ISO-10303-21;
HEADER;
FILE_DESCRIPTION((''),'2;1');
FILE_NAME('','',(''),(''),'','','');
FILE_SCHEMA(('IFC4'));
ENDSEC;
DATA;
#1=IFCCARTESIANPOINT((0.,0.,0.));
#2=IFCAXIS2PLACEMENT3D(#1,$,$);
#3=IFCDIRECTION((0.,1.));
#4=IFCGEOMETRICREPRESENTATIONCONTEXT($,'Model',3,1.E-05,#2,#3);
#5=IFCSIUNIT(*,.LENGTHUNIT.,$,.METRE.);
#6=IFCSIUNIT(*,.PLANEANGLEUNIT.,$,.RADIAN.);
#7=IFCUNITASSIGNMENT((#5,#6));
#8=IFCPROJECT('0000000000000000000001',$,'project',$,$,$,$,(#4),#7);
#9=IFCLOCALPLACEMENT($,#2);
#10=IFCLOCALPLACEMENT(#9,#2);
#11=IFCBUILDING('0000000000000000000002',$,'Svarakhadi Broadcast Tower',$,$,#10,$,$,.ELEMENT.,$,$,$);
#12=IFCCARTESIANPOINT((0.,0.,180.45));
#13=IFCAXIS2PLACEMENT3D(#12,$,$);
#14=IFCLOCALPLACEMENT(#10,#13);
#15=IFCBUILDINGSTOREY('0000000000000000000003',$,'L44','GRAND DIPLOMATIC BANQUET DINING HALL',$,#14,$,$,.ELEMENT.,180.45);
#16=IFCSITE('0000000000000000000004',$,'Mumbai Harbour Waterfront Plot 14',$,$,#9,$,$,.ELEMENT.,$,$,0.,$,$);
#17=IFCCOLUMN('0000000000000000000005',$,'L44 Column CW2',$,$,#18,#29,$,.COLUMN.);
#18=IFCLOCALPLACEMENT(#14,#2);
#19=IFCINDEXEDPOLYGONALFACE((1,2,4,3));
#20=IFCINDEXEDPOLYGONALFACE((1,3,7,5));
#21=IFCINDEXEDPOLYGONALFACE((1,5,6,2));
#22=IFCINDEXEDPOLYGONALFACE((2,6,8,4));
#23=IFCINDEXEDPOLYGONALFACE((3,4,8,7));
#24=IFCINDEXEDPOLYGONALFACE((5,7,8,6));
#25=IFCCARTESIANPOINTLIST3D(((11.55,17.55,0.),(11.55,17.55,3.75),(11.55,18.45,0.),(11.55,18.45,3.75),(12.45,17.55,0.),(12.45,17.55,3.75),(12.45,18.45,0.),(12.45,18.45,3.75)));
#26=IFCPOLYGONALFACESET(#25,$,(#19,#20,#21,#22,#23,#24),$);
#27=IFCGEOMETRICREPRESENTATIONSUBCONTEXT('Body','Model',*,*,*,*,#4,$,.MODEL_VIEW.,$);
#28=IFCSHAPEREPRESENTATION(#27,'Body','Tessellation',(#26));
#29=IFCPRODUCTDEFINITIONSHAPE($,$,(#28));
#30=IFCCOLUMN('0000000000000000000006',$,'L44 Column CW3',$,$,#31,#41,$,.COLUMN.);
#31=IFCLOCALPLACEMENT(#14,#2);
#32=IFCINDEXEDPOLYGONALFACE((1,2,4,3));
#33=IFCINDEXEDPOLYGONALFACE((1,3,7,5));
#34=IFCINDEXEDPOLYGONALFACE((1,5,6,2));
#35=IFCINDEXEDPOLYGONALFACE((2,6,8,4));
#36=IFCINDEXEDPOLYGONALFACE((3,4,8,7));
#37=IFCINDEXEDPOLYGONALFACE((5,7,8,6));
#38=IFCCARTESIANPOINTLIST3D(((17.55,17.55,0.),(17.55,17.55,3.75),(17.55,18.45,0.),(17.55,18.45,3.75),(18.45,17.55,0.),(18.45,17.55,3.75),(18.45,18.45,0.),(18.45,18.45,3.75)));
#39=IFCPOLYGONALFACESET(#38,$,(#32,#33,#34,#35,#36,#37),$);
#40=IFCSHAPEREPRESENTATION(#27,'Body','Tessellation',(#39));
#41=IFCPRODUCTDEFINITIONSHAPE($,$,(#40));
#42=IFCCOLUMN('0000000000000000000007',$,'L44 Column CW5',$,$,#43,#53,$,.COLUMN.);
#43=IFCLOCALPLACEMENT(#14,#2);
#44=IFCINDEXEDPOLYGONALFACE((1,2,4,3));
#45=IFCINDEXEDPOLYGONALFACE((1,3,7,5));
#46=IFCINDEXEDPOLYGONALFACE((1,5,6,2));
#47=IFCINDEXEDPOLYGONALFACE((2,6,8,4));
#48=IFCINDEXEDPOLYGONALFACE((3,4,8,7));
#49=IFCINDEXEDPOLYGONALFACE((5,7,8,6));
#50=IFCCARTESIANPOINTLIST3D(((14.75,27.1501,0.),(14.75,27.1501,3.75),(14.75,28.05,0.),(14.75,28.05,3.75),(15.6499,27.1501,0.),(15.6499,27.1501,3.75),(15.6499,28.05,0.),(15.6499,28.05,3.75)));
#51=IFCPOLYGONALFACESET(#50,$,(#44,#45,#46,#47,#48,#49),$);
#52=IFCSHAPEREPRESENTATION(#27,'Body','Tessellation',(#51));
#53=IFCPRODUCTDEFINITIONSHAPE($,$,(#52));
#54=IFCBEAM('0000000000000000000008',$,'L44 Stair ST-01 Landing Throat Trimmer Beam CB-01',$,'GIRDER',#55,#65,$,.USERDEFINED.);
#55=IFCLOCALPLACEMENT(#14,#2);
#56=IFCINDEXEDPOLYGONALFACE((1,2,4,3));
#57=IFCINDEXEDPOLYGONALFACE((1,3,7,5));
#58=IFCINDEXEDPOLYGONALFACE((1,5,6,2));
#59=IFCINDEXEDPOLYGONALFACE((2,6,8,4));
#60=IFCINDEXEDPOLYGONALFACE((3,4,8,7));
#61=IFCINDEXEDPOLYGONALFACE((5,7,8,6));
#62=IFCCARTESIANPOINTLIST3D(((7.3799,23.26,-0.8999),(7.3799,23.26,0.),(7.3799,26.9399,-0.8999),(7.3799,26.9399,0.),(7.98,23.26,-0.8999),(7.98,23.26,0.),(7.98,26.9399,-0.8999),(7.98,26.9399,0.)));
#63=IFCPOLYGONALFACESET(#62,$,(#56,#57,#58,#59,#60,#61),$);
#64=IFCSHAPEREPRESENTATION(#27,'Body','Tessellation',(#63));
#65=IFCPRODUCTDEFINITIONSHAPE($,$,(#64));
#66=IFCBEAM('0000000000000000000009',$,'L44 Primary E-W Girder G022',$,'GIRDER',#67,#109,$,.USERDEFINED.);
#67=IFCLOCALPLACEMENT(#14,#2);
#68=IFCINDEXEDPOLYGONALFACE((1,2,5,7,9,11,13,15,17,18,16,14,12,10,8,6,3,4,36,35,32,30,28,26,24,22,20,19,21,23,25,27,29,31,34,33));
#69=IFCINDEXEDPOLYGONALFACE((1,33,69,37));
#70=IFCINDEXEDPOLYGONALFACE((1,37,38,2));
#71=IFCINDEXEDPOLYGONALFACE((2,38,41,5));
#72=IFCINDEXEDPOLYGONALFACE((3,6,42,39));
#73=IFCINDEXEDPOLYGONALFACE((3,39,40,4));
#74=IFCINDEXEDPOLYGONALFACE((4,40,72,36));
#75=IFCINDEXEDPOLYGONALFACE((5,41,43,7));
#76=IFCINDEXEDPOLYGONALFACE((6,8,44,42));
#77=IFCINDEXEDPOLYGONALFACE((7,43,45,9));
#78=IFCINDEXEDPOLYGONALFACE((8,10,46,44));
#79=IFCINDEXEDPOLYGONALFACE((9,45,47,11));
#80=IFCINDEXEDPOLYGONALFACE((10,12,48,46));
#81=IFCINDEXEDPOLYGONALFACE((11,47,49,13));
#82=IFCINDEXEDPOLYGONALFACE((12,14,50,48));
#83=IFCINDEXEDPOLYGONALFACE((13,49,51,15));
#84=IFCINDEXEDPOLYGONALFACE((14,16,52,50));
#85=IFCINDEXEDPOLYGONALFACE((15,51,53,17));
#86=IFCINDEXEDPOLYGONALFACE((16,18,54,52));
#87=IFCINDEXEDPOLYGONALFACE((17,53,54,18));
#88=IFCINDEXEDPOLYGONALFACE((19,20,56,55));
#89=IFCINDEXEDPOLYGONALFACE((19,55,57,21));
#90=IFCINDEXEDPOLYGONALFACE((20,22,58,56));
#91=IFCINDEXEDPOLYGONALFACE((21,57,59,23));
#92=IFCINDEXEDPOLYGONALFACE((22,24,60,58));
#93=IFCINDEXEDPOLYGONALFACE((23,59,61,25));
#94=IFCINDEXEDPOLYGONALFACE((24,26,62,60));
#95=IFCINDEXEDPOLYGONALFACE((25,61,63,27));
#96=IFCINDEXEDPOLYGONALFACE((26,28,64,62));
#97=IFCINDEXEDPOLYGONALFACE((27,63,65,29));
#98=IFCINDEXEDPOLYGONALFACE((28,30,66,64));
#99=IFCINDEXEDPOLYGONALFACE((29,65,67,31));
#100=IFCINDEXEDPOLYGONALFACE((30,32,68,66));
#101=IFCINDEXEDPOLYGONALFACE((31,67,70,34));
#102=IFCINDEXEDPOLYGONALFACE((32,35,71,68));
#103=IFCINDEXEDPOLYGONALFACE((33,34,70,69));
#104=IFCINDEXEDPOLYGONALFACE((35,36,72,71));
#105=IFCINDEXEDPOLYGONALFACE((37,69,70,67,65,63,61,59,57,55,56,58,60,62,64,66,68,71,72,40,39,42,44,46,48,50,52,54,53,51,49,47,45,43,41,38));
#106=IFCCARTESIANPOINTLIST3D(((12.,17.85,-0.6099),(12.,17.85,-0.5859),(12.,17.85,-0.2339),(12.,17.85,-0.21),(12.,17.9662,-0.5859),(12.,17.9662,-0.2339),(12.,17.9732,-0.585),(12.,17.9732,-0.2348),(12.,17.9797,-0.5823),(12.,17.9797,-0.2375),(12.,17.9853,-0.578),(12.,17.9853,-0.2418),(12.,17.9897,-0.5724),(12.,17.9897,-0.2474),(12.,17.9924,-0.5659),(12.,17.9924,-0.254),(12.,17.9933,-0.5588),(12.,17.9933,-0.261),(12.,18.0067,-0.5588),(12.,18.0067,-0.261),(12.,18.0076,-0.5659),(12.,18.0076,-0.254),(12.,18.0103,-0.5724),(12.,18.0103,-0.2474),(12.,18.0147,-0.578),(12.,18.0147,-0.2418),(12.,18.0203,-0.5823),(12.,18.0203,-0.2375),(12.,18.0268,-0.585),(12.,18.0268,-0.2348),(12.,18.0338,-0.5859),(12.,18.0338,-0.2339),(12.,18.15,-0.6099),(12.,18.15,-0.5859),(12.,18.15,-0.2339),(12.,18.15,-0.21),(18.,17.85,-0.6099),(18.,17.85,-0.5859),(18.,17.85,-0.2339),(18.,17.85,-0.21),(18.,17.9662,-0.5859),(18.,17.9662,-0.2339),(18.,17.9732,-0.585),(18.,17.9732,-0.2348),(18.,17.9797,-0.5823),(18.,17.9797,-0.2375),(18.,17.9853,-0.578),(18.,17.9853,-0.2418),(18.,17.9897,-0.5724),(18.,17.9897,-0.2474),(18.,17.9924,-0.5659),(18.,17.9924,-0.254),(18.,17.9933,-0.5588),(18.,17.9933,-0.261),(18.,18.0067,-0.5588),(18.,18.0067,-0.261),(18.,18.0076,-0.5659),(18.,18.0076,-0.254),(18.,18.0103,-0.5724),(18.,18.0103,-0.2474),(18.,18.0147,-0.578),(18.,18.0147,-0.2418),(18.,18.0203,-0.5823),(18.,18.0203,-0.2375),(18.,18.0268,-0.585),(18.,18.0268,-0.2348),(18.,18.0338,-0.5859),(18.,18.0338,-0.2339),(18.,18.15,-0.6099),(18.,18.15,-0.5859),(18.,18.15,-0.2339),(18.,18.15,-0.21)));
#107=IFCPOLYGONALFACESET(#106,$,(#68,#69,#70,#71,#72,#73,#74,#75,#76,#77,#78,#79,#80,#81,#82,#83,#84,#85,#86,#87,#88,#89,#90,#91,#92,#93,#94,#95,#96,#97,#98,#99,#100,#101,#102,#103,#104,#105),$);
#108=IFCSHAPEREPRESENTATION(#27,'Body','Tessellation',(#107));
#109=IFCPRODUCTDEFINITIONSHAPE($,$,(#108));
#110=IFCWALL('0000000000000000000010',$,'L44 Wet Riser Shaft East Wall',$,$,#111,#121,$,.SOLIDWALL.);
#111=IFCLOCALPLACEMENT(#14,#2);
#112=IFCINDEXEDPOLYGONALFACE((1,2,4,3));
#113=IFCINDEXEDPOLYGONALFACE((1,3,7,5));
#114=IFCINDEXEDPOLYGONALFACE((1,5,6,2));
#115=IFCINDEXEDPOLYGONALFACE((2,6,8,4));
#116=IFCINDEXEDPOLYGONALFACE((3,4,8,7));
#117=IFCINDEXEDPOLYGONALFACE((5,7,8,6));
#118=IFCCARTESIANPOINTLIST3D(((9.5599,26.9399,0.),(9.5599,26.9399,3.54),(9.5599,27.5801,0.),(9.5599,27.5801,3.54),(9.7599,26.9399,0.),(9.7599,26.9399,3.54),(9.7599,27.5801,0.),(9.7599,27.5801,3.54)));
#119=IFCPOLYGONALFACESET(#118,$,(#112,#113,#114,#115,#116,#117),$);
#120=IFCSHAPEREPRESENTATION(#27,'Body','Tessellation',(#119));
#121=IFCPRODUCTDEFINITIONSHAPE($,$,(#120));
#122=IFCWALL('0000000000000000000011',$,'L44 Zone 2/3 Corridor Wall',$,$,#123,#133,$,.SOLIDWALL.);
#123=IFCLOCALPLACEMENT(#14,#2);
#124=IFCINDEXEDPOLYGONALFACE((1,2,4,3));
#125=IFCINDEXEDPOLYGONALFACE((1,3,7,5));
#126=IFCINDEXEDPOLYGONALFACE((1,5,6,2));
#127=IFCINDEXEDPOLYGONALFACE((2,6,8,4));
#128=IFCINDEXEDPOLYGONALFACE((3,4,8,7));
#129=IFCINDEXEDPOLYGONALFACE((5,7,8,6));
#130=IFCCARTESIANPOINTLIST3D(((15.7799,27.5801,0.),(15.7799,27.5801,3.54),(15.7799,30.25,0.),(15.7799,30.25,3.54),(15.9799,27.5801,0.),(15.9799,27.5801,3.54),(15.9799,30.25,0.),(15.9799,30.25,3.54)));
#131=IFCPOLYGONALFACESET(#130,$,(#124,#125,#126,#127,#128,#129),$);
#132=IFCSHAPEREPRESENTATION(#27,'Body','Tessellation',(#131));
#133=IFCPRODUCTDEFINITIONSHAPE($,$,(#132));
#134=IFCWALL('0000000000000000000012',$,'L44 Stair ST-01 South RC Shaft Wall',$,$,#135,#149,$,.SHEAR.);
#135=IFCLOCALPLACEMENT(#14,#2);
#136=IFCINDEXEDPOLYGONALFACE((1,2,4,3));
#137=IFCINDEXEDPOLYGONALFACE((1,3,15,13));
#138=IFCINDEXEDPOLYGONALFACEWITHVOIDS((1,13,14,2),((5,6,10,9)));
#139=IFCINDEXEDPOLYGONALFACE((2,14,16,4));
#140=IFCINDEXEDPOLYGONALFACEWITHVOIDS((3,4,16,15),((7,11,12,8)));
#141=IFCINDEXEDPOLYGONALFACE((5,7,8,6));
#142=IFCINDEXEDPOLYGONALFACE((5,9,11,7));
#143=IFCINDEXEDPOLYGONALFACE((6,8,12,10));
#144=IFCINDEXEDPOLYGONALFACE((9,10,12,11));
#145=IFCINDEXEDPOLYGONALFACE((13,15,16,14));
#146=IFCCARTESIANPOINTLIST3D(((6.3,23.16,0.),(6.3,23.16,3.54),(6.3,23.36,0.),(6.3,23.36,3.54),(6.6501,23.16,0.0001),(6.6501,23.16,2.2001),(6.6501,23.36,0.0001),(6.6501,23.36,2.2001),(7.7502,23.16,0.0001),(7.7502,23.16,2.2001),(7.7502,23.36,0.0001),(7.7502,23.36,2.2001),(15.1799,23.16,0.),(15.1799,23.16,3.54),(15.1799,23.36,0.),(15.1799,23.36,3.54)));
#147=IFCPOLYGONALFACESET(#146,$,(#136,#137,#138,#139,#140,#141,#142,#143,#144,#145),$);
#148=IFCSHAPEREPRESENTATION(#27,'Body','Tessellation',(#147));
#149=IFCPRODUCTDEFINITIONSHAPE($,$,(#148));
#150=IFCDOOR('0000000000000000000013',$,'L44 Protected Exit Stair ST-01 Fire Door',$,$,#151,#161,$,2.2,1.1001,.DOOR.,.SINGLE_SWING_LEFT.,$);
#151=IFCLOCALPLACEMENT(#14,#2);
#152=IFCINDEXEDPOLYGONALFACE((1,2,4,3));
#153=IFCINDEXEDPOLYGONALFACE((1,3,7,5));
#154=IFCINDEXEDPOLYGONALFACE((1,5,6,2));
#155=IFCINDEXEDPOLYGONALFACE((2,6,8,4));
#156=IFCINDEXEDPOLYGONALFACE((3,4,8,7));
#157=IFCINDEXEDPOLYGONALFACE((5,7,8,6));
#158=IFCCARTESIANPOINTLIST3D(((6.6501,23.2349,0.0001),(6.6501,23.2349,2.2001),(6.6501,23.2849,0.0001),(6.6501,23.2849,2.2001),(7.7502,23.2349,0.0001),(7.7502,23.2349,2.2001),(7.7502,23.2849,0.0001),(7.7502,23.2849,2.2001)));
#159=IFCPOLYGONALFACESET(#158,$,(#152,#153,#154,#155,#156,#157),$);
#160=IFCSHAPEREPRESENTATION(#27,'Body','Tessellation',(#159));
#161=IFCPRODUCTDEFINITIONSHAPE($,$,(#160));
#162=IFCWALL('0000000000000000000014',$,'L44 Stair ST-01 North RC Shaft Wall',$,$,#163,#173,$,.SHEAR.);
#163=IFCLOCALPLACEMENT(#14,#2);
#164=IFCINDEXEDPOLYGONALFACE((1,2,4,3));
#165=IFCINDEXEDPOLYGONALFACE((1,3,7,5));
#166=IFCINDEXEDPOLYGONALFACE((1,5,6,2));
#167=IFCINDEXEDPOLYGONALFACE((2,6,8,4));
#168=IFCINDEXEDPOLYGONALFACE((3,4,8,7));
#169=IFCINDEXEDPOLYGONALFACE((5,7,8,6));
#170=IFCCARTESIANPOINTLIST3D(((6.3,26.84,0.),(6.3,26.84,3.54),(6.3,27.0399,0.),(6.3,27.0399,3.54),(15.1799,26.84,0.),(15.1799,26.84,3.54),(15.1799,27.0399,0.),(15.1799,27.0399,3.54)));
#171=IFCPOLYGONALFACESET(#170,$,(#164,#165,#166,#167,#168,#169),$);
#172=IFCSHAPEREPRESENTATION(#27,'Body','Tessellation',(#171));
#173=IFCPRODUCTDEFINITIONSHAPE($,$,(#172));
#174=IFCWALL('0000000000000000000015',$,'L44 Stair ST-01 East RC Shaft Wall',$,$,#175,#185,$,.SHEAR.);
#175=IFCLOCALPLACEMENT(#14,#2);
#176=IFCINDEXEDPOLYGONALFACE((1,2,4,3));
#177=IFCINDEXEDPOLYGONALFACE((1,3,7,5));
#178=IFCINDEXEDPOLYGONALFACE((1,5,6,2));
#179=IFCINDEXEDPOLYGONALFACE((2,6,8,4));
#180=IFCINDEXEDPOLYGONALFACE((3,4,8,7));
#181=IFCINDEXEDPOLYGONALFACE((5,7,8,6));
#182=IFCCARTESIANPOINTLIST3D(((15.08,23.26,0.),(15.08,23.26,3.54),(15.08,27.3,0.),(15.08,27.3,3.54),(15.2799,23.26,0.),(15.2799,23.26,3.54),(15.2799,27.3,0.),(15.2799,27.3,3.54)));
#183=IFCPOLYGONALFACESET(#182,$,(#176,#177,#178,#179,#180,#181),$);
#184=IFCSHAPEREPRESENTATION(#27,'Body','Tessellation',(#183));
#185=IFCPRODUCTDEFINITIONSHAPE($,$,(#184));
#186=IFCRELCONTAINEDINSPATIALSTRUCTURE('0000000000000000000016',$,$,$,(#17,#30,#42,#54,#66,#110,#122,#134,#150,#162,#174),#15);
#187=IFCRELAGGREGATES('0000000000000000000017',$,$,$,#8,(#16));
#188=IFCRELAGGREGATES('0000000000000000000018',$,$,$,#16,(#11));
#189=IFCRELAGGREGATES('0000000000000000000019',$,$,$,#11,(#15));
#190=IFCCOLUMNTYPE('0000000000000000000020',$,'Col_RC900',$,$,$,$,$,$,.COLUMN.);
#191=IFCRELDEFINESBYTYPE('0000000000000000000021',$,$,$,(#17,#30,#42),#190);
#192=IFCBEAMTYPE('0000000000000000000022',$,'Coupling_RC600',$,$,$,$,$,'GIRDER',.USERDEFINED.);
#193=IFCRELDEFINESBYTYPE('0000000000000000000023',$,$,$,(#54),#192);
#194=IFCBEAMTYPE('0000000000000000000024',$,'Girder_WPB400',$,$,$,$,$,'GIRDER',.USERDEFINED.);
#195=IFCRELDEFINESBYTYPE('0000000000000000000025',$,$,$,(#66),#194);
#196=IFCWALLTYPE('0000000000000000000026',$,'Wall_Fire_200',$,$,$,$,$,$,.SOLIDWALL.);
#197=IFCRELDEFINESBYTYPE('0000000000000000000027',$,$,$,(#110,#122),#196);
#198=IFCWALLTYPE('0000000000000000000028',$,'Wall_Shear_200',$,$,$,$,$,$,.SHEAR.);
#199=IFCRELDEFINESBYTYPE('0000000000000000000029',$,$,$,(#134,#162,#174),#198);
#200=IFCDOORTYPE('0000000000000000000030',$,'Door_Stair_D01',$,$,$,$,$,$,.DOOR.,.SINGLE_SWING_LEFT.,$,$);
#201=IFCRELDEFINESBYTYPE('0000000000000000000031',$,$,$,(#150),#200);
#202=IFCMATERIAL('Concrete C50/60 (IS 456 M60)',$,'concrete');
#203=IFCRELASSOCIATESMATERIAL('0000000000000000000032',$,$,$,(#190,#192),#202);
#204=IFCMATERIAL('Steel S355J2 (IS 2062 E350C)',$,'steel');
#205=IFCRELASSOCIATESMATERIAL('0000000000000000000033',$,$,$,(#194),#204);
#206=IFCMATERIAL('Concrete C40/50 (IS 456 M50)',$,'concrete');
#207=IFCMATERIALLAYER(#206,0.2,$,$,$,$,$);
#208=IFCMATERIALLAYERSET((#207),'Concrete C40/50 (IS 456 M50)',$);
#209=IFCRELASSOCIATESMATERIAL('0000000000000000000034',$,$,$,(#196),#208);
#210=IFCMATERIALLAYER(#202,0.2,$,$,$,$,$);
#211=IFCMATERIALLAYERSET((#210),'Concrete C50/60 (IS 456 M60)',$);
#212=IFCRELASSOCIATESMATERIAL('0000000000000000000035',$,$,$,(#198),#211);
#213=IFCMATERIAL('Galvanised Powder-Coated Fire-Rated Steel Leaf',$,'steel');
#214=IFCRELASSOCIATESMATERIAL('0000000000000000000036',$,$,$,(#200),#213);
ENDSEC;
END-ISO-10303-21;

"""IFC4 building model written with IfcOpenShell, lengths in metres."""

from ifc_helpers import new_model, si_unit, direction, frame, frame_2d, origin, origin_2d, place, context, subcontext, project, spatial, rectangle, i_section, extrude, material, layer, layer_set, material_profile, profile_set, type_object, element, fill, save


model = new_model("IFC4")

# Units and contexts
model_context = context("Model", 3, precision=1e-05, world=origin(), true_north=direction((0.0, 1.0)))
body_context = subcontext(model_context, "Body", "Model", "MODEL_VIEW")
ifc_project = project(units=[si_unit("LENGTHUNIT", "METRE"), si_unit("PLANEANGLEUNIT", "RADIAN")], contexts=[model_context])

# Site, building, storey
site_placement = place(None, origin())
site = spatial("IfcSite", under=ifc_project, at=site_placement, Name="Mumbai Harbour Waterfront Plot 14", CompositionType="ELEMENT", RefElevation=0.0)
building_placement = place(site_placement, origin())
building = spatial("IfcBuilding", under=site, at=building_placement, Name="Svarakhadi Broadcast Tower", CompositionType="ELEMENT")
storey_placement = place(building_placement, frame((0.0, 0.0, 180.45)))
storey = spatial("IfcBuildingStorey", under=building, at=storey_placement, Name="L44", Description="GRAND DIPLOMATIC BANQUET DINING HALL", CompositionType="ELEMENT", Elevation=180.45)

# Columns
ifc_material_1 = material(Name="Concrete C50/60 (IS 456 M60)", Category="concrete")
ifc_material_profile_1 = material_profile(ifc_material_1, rectangle(XDim=0.8999, YDim=0.8999, at=origin_2d()), Name="RC 900x900")
ifc_profile_set_1 = profile_set([ifc_material_profile_1], Name="Concrete C50/60 (IS 456 M60)")
column_type = type_object("IfcColumnType", Name="Col_RC900", PredefinedType="COLUMN", material=ifc_profile_set_1)
for number, where, z_axis, x_axis, name in (
    (1, (12.0, 18.0, 0.0), (0.0, 0.0, 1.0), (1.0, 0.0, 0.0), "L44 Column CW2"),
    (2, (18.0, 18.0, 0.0), (0.0, 0.0, 1.0), (1.0, 0.0, 0.0), "L44 Column CW3"),
    (3, (15.2, 27.6001, 0.0), (0.0, 0.0, 1.0), (1.0, 0.0, 0.0), "L44 Column CW5"),
):
    element("IfcColumn", number, at=place(storey_placement, frame(where, z_axis=z_axis, x_axis=x_axis)), inside=storey, type_object=column_type, Name=name, PredefinedType="COLUMN", context=body_context, shape_type="SweptSolid", body=[
        extrude(rectangle(XDim=0.8999, YDim=0.8999, at=origin_2d()), origin(), (0.0, 0.0, 1.0), 3.75),
    ])

# Beams
ifc_material_profile_2 = material_profile(ifc_material_1, rectangle(XDim=0.6001, YDim=0.8999, at=origin_2d()), Name="RC 600x900")
ifc_profile_set_2 = profile_set([ifc_material_profile_2], Name="Concrete C50/60 (IS 456 M60)")
beam_type_1 = type_object("IfcBeamType", Name="Coupling_RC600", ElementType="GIRDER", PredefinedType="USERDEFINED", material=ifc_profile_set_2)
beam_1_placement = place(storey_placement, frame((7.6799, 23.26, -0.45), z_axis=(0.0, 1.0, 0.0), x_axis=(-1.0, 0.0, 0.0)))
element("IfcBeam", 4, at=beam_1_placement, inside=storey, type_object=beam_type_1, Name="L44 Stair ST-01 Landing Throat Trimmer Beam CB-01", ObjectType="GIRDER", PredefinedType="USERDEFINED", context=body_context, shape_type="SweptSolid", body=[
    extrude(rectangle(XDim=0.6001, YDim=0.8999, at=origin_2d()), origin(), (0.0, 0.0, 1.0), 3.6799),
])
ifc_material_2 = material(Name="Steel S355J2 (IS 2062 E350C)", Category="steel")
ifc_material_profile_3 = material_profile(ifc_material_2, i_section(OverallWidth=0.3, OverallDepth=0.3999, WebThickness=0.0134, FlangeThickness=0.0239, FilletRadius=0.0271, at=origin_2d()), Name="WPB 400x300x155")
ifc_profile_set_3 = profile_set([ifc_material_profile_3], Name="Steel S355J2 (IS 2062 E350C)")
beam_type_2 = type_object("IfcBeamType", Name="Girder_WPB400", ElementType="GIRDER", PredefinedType="USERDEFINED", material=ifc_profile_set_3)
beam_2_placement = place(storey_placement, frame((12.0, 18.0, -0.4099), z_axis=(1.0, 0.0, 0.0), x_axis=(0.0, 1.0, 0.0)))
element("IfcBeam", 5, at=beam_2_placement, inside=storey, type_object=beam_type_2, Name="L44 Primary E-W Girder G022", ObjectType="GIRDER", PredefinedType="USERDEFINED", context=body_context, shape_type="SweptSolid", body=[
    extrude(i_section(OverallWidth=0.3, OverallDepth=0.3999, WebThickness=0.0134, FlangeThickness=0.0239, FilletRadius=0.0271, at=origin_2d()), origin(), (0.0, 0.0, 1.0), 6.0),
])

# Walls
ifc_material_3 = material(Name="Concrete C40/50 (IS 456 M50)", Category="concrete")
ifc_layer_1 = layer(ifc_material_3, 0.2)
ifc_layer_set_1 = layer_set([ifc_layer_1], Name="Concrete C40/50 (IS 456 M50)")
wall_type_1 = type_object("IfcWallType", Name="Wall_Fire_200", PredefinedType="SOLIDWALL", material=ifc_layer_set_1)
wall_1_placement = place(storey_placement, frame((9.6599, 26.9399, 0.0), z_axis=(0.0, 0.0, 1.0), x_axis=(0.0, 1.0, 0.0)))
element("IfcWall", 6, at=wall_1_placement, inside=storey, type_object=wall_type_1, Name="L44 Wet Riser Shaft East Wall", PredefinedType="SOLIDWALL", context=body_context, shape_type="SweptSolid", body=[
    extrude(rectangle(XDim=0.6401, YDim=0.2, at=frame_2d((0.3201, 0.0))), origin(), (0.0, 0.0, 1.0), 3.54),
])
wall_2_placement = place(storey_placement, frame((15.8799, 27.5801, 0.0), z_axis=(0.0, 0.0, 1.0), x_axis=(0.0, 1.0, 0.0)))
element("IfcWall", 7, at=wall_2_placement, inside=storey, type_object=wall_type_1, Name="L44 Zone 2/3 Corridor Wall", PredefinedType="SOLIDWALL", context=body_context, shape_type="SweptSolid", body=[
    extrude(rectangle(XDim=2.6699, YDim=0.2, at=frame_2d((1.335, 0.0))), origin(), (0.0, 0.0, 1.0), 3.54),
])

# Wall, opening, door
ifc_layer_2 = layer(ifc_material_1, 0.2)
ifc_layer_set_2 = layer_set([ifc_layer_2], Name="Concrete C50/60 (IS 456 M60)")
wall_type_2 = type_object("IfcWallType", Name="Wall_Shear_200", PredefinedType="SHEAR", material=ifc_layer_set_2)
wall_3_placement = place(storey_placement, frame((6.3, 23.26, 0.0), z_axis=(0.0, 0.0, 1.0), x_axis=(1.0, 0.0, 0.0)))
wall_3 = element("IfcWall", 8, at=wall_3_placement, inside=storey, type_object=wall_type_2, Name="L44 Stair ST-01 South RC Shaft Wall", PredefinedType="SHEAR", context=body_context, shape_type="SweptSolid", body=[
    extrude(rectangle(XDim=8.8799, YDim=0.2, at=frame_2d((4.4399, 0.0))), origin(), (0.0, 0.0, 1.0), 3.54),
])
opening_1_placement = place(wall_3_placement, frame((0.3501, 0.0, 0.0)))
opening_1 = element("IfcOpeningElement", 9, at=opening_1_placement, cuts=wall_3, PredefinedType="OPENING", context=body_context, shape_type="SweptSolid", body=[
    extrude(rectangle(XDim=1.1001, YDim=2.2, at=frame_2d((0.55, 1.1001))), frame((0.0, 0.1099, 0.0), z_axis=(0.0, -1.0, 0.0), x_axis=(1.0, 0.0, 0.0)), (0.0, 0.0, 1.0), 0.22),
])
ifc_material_4 = material(Name="Galvanised Powder-Coated Fire-Rated Steel Leaf", Category="steel")
door_type_1 = type_object("IfcDoorType", Name="Door_Stair_D01", OperationType="SINGLE_SWING_LEFT", PredefinedType="DOOR", material=ifc_material_4)
door_1_placement = place(opening_1_placement, origin())
door_1 = element("IfcDoor", 10, at=door_1_placement, inside=storey, type_object=door_type_1, Name="L44 Protected Exit Stair ST-01 Fire Door", OperationType="SINGLE_SWING_LEFT", OverallHeight=2.2, OverallWidth=1.1001, PredefinedType="DOOR", context=body_context, shape_type="SweptSolid", body=[
    extrude(rectangle(XDim=1.1001, YDim=2.2, at=frame_2d((0.55, 1.1001))), frame((0.0, 0.0249, 0.0), z_axis=(0.0, -1.0, 0.0), x_axis=(1.0, 0.0, 0.0)), (0.0, 0.0, 1.0), 0.05),
])
fill(opening_1, door_1)

# Walls
wall_4_placement = place(storey_placement, frame((6.3, 26.9399, 0.0), z_axis=(0.0, 0.0, 1.0), x_axis=(1.0, 0.0, 0.0)))
element("IfcWall", 11, at=wall_4_placement, inside=storey, type_object=wall_type_2, Name="L44 Stair ST-01 North RC Shaft Wall", PredefinedType="SHEAR", context=body_context, shape_type="SweptSolid", body=[
    extrude(rectangle(XDim=8.8799, YDim=0.2, at=frame_2d((4.4399, 0.0))), origin(), (0.0, 0.0, 1.0), 3.54),
])
wall_5_placement = place(storey_placement, frame((15.1799, 23.26, 0.0), z_axis=(0.0, 0.0, 1.0), x_axis=(0.0, 1.0, 0.0)))
element("IfcWall", 12, at=wall_5_placement, inside=storey, type_object=wall_type_2, Name="L44 Stair ST-01 East RC Shaft Wall", PredefinedType="SHEAR", context=body_context, shape_type="SweptSolid", body=[
    extrude(rectangle(XDim=4.04, YDim=0.2, at=frame_2d((2.02, 0.0))), origin(), (0.0, 0.0, 1.0), 3.54),
])

save(model, "model.ifc")
